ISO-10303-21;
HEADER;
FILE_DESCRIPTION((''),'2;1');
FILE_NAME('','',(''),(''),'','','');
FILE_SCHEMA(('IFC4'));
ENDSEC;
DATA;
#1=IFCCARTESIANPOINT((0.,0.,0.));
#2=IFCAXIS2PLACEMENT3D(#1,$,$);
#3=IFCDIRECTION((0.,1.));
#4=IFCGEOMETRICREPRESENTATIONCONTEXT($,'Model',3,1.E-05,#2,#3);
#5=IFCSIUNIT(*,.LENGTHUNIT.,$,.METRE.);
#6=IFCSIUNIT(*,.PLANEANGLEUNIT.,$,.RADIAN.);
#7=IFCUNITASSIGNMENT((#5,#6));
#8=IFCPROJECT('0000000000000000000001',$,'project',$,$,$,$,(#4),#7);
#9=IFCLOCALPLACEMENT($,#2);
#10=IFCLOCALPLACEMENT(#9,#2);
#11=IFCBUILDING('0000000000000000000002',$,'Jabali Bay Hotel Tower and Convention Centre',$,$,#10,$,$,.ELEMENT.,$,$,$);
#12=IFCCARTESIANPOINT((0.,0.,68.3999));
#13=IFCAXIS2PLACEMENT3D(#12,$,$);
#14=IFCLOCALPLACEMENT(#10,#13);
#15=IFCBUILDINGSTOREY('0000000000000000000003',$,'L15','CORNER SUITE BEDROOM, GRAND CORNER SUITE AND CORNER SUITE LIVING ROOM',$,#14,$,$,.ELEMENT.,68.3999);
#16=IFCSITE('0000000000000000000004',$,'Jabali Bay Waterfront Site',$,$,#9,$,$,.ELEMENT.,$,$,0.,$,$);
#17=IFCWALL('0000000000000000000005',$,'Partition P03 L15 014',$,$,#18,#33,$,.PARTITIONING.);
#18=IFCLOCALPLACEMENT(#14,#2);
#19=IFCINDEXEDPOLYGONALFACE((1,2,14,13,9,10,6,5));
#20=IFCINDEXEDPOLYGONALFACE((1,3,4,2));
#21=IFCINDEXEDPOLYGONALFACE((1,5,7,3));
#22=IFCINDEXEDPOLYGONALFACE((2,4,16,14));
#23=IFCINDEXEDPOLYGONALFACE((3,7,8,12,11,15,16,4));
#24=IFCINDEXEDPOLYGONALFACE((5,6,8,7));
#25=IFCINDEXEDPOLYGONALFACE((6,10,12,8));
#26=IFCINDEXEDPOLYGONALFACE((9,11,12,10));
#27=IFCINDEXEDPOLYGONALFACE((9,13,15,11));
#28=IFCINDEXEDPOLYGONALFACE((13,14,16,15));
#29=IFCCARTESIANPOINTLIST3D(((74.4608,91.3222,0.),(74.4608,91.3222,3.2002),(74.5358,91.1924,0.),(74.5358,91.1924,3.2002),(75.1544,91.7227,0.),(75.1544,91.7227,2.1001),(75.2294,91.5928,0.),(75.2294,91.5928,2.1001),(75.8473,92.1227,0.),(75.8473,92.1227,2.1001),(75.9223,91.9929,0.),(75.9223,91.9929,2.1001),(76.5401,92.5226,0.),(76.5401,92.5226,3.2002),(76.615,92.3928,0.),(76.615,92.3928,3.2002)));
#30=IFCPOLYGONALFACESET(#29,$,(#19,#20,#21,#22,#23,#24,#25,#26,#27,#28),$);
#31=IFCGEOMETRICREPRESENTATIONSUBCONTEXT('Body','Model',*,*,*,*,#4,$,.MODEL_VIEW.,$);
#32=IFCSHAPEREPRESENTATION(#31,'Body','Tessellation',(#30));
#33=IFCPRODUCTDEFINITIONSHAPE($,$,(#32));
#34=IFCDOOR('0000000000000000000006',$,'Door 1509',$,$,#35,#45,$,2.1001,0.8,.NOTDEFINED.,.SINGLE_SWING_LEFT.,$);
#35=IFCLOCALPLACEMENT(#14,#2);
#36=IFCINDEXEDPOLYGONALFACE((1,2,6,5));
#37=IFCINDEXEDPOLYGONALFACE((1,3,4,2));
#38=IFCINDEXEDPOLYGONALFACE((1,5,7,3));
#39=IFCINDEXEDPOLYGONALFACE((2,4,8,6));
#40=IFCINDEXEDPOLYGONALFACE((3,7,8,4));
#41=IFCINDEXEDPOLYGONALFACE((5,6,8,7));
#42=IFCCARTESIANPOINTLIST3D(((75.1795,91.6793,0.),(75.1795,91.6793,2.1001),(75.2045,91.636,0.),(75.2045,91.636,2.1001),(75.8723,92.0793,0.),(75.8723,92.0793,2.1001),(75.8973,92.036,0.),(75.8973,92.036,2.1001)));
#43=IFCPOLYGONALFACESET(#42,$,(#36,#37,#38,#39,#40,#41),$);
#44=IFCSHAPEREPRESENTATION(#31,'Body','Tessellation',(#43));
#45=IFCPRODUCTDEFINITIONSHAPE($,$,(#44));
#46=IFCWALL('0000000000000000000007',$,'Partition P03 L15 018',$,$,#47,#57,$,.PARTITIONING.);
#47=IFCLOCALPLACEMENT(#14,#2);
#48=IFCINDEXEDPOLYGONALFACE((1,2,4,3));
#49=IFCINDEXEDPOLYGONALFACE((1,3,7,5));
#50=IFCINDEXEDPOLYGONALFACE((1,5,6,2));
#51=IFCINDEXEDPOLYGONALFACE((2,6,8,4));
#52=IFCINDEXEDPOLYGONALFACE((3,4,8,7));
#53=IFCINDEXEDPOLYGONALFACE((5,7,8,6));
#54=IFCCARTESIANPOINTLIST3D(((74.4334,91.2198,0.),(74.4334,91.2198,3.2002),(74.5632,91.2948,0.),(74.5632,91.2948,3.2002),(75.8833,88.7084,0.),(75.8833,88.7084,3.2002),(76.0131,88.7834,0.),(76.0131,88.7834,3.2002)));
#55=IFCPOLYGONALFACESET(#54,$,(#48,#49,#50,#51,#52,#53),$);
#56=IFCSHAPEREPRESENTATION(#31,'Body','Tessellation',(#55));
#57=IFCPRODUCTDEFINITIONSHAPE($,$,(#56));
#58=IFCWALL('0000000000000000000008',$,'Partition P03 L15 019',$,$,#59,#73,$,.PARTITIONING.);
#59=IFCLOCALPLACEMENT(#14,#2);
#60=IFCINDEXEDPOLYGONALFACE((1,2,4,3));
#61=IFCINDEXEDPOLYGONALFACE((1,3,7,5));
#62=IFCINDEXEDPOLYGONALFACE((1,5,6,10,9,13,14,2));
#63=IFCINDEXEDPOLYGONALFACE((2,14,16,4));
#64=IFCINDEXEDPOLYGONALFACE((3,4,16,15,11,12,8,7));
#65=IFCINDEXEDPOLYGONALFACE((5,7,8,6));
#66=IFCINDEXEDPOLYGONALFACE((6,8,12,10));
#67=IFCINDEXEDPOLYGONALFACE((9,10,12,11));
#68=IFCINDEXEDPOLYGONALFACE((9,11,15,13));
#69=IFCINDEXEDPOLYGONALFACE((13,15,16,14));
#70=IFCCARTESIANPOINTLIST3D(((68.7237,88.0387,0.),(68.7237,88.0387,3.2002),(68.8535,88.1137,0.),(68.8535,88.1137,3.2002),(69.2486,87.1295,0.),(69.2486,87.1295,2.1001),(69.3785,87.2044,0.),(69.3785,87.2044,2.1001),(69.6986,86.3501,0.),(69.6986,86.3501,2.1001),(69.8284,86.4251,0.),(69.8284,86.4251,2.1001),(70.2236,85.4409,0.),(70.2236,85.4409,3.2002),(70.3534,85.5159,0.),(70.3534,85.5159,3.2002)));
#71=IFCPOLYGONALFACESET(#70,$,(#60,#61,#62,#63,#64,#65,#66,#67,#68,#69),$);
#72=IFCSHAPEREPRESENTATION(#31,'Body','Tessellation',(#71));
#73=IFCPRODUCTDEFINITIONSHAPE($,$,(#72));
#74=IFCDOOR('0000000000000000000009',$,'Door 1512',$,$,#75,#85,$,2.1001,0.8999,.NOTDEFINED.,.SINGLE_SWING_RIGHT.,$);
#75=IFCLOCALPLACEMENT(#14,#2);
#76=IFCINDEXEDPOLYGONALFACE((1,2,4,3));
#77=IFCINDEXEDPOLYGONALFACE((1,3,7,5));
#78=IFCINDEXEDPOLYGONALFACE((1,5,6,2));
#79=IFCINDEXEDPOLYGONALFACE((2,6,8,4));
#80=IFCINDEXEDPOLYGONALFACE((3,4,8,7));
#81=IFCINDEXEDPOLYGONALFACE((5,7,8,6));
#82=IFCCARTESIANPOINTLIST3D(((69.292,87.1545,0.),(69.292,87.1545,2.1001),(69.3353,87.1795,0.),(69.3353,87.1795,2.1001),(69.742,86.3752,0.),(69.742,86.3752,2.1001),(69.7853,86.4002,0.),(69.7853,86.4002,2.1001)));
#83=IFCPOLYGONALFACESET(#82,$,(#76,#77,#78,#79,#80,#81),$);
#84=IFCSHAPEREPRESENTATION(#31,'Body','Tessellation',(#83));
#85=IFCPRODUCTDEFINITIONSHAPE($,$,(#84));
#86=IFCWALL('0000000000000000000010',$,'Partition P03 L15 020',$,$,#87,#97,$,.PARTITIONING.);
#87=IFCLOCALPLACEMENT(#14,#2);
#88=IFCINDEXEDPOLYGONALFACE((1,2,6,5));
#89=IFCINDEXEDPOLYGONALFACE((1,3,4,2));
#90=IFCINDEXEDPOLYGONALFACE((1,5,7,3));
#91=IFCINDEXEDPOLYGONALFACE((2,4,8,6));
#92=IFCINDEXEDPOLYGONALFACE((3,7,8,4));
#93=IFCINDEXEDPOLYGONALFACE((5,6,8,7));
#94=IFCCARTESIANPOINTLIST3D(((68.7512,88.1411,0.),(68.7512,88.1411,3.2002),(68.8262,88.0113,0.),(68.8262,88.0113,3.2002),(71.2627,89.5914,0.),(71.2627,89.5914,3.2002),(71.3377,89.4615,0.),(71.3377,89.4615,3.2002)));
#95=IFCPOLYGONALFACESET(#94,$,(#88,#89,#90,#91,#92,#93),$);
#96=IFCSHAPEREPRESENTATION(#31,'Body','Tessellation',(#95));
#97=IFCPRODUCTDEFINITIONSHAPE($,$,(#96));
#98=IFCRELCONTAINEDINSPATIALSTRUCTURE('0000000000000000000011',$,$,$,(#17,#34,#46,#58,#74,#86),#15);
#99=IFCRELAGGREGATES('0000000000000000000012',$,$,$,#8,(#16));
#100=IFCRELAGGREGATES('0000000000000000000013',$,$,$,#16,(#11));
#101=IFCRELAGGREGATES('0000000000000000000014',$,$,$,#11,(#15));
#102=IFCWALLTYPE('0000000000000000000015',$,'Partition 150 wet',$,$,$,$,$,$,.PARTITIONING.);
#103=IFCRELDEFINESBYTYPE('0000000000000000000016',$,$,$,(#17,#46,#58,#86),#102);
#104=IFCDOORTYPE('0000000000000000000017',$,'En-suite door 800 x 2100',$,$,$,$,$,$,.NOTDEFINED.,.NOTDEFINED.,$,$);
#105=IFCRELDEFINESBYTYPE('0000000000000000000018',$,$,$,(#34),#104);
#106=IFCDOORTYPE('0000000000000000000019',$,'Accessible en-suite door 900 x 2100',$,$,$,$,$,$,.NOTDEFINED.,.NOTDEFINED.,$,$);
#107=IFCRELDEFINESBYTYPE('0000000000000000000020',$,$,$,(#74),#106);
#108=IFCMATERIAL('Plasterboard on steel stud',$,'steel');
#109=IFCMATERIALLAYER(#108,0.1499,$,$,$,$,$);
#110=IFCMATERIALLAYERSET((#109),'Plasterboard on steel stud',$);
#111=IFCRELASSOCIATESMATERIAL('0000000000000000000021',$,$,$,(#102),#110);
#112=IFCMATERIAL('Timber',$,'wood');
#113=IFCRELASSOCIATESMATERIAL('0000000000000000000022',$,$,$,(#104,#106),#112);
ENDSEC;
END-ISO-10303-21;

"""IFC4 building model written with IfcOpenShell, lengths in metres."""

from ifc_helpers import new_model, si_unit, direction, frame, frame_2d, origin, place, context, subcontext, project, spatial, rectangle, extrude, material, layer, layer_set, type_object, element, fill, save


model = new_model("IFC4")

# Units and contexts
model_context = context("Model", 3, precision=1e-05, world=origin(), true_north=direction((0.0, 1.0)))
body_context = subcontext(model_context, "Body", "Model", "MODEL_VIEW")
ifc_project = project(units=[si_unit("LENGTHUNIT", "METRE"), si_unit("PLANEANGLEUNIT", "RADIAN")], contexts=[model_context])

# Site, building, storey
site_placement = place(None, origin())
site = spatial("IfcSite", under=ifc_project, at=site_placement, Name="Jabali Bay Waterfront Site", CompositionType="ELEMENT", RefElevation=0.0)
building_placement = place(site_placement, origin())
building = spatial("IfcBuilding", under=site, at=building_placement, Name="Jabali Bay Hotel Tower and Convention Centre", CompositionType="ELEMENT")
storey_placement = place(building_placement, frame((0.0, 0.0, 68.3999)))
storey = spatial("IfcBuildingStorey", under=building, at=storey_placement, Name="L15", Description="CORNER SUITE BEDROOM, GRAND CORNER SUITE AND CORNER SUITE LIVING ROOM", CompositionType="ELEMENT", Elevation=68.3999)

# Shared definitions
ifc_material_1 = material(Name="Timber", Category="wood")

# Shared definitions
ifc_material_2 = material(Name="Plasterboard on steel stud", Category="steel")

# Wall, opening, door
ifc_layer_1 = layer(ifc_material_2, 0.1499)
ifc_layer_set_1 = layer_set([ifc_layer_1], Name="Plasterboard on steel stud")
wall_type_1 = type_object("IfcWallType", Name="Partition 150 wet", PredefinedType="PARTITIONING", material=ifc_layer_set_1)
wall_1_placement = place(storey_placement, frame((74.4983, 91.2573, 0.0), z_axis=(0.0, 0.0, 1.0), x_axis=(0.866038, 0.499978, 0.0)))
wall_1 = element("IfcWall", 1, at=wall_1_placement, inside=storey, type_object=wall_type_1, Name="Partition P03 L15 014", PredefinedType="PARTITIONING", context=body_context, shape_type="SweptSolid", body=[
    extrude(rectangle(XDim=2.4009, YDim=0.1499, at=frame_2d((1.2004, 0.0))), origin(), (0.0, 0.0, 1.0), 3.2002),
])
opening_1_placement = place(wall_1_placement, frame((0.801, 0.0, 0.0)))
opening_1 = element("IfcOpeningElement", 2, at=opening_1_placement, cuts=wall_1, PredefinedType="OPENING", context=body_context, shape_type="SweptSolid", body=[
    extrude(rectangle(XDim=0.8, YDim=2.1001, at=frame_2d((0.3999, 1.05))), frame((0.0, 0.0854, 0.0), z_axis=(0.0, -1.0, 0.0), x_axis=(1.0, 0.0, 0.0)), (0.0, 0.0, 1.0), 0.1709),
])
door_type_1 = type_object("IfcDoorType", Name="En-suite door 800 x 2100", OperationType="NOTDEFINED", PredefinedType="NOTDEFINED", material=ifc_material_1)
door_1_placement = place(opening_1_placement, origin())
door_1 = element("IfcDoor", 3, at=door_1_placement, inside=storey, type_object=door_type_1, Name="Door 1509", OperationType="SINGLE_SWING_LEFT", OverallHeight=2.1001, OverallWidth=0.8, PredefinedType="NOTDEFINED", context=body_context, shape_type="SweptSolid", body=[
    extrude(rectangle(XDim=0.8, YDim=2.1001, at=frame_2d((0.3999, 1.05))), frame((0.0, 0.0249, 0.0), z_axis=(0.0, -1.0, 0.0), x_axis=(1.0, 0.0, 0.0)), (0.0, 0.0, 1.0), 0.05),
])
fill(opening_1, door_1)

# Wall
wall_2_placement = place(storey_placement, frame((74.4983, 91.2573, 0.0), z_axis=(0.0, 0.0, 1.0), x_axis=(0.499987, -0.866033, 0.0)))
element("IfcWall", 4, at=wall_2_placement, inside=storey, type_object=wall_type_1, Name="Partition P03 L15 018", PredefinedType="PARTITIONING", context=body_context, shape_type="SweptSolid", body=[
    extrude(rectangle(XDim=2.8999, YDim=0.1499, at=frame_2d((1.45, 0.0))), origin(), (0.0, 0.0, 1.0), 3.2002),
])

# Wall, opening, door
wall_3_placement = place(storey_placement, frame((70.2886, 85.4783, 0.0), z_axis=(0.0, 0.0, 1.0), x_axis=(-0.500025, 0.866011, 0.0)))
wall_3 = element("IfcWall", 5, at=wall_3_placement, inside=storey, type_object=wall_type_1, Name="Partition P03 L15 019", PredefinedType="PARTITIONING", context=body_context, shape_type="SweptSolid", body=[
    extrude(rectangle(XDim=2.9998, YDim=0.1499, at=frame_2d((1.5, 0.0))), origin(), (0.0, 0.0, 1.0), 3.2002),
])
opening_2_placement = place(wall_3_placement, frame((1.05, 0.0, 0.0)))
opening_2 = element("IfcOpeningElement", 6, at=opening_2_placement, cuts=wall_3, PredefinedType="OPENING", context=body_context, shape_type="SweptSolid", body=[
    extrude(rectangle(XDim=0.8999, YDim=2.1001, at=frame_2d((0.45, 1.05))), frame((0.0, 0.0854, 0.0), z_axis=(0.0, -1.0, 0.0), x_axis=(1.0, 0.0, 0.0)), (0.0, 0.0, 1.0), 0.1709),
])
door_type_2 = type_object("IfcDoorType", Name="Accessible en-suite door 900 x 2100", OperationType="NOTDEFINED", PredefinedType="NOTDEFINED", material=ifc_material_1)
door_2_placement = place(opening_2_placement, origin())
door_2 = element("IfcDoor", 7, at=door_2_placement, inside=storey, type_object=door_type_2, Name="Door 1512", OperationType="SINGLE_SWING_RIGHT", OverallHeight=2.1001, OverallWidth=0.8999, PredefinedType="NOTDEFINED", context=body_context, shape_type="SweptSolid", body=[
    extrude(rectangle(XDim=0.8999, YDim=2.1001, at=frame_2d((0.45, 1.05))), frame((0.0, 0.0249, 0.0), z_axis=(0.0, -1.0, 0.0), x_axis=(1.0, 0.0, 0.0)), (0.0, 0.0, 1.0), 0.05),
])
fill(opening_2, door_2)

# Wall
wall_4_placement = place(storey_placement, frame((68.7886, 88.0762, 0.0), z_axis=(0.0, 0.0, 1.0), x_axis=(0.865996, 0.50005, 0.0)))
element("IfcWall", 8, at=wall_4_placement, inside=storey, type_object=wall_type_1, Name="Partition P03 L15 020", PredefinedType="PARTITIONING", context=body_context, shape_type="SweptSolid", body=[
    extrude(rectangle(XDim=2.9001, YDim=0.1499, at=frame_2d((1.4502, 0.0))), origin(), (0.0, 0.0, 1.0), 3.2002),
])

save(model, "model.ifc")
